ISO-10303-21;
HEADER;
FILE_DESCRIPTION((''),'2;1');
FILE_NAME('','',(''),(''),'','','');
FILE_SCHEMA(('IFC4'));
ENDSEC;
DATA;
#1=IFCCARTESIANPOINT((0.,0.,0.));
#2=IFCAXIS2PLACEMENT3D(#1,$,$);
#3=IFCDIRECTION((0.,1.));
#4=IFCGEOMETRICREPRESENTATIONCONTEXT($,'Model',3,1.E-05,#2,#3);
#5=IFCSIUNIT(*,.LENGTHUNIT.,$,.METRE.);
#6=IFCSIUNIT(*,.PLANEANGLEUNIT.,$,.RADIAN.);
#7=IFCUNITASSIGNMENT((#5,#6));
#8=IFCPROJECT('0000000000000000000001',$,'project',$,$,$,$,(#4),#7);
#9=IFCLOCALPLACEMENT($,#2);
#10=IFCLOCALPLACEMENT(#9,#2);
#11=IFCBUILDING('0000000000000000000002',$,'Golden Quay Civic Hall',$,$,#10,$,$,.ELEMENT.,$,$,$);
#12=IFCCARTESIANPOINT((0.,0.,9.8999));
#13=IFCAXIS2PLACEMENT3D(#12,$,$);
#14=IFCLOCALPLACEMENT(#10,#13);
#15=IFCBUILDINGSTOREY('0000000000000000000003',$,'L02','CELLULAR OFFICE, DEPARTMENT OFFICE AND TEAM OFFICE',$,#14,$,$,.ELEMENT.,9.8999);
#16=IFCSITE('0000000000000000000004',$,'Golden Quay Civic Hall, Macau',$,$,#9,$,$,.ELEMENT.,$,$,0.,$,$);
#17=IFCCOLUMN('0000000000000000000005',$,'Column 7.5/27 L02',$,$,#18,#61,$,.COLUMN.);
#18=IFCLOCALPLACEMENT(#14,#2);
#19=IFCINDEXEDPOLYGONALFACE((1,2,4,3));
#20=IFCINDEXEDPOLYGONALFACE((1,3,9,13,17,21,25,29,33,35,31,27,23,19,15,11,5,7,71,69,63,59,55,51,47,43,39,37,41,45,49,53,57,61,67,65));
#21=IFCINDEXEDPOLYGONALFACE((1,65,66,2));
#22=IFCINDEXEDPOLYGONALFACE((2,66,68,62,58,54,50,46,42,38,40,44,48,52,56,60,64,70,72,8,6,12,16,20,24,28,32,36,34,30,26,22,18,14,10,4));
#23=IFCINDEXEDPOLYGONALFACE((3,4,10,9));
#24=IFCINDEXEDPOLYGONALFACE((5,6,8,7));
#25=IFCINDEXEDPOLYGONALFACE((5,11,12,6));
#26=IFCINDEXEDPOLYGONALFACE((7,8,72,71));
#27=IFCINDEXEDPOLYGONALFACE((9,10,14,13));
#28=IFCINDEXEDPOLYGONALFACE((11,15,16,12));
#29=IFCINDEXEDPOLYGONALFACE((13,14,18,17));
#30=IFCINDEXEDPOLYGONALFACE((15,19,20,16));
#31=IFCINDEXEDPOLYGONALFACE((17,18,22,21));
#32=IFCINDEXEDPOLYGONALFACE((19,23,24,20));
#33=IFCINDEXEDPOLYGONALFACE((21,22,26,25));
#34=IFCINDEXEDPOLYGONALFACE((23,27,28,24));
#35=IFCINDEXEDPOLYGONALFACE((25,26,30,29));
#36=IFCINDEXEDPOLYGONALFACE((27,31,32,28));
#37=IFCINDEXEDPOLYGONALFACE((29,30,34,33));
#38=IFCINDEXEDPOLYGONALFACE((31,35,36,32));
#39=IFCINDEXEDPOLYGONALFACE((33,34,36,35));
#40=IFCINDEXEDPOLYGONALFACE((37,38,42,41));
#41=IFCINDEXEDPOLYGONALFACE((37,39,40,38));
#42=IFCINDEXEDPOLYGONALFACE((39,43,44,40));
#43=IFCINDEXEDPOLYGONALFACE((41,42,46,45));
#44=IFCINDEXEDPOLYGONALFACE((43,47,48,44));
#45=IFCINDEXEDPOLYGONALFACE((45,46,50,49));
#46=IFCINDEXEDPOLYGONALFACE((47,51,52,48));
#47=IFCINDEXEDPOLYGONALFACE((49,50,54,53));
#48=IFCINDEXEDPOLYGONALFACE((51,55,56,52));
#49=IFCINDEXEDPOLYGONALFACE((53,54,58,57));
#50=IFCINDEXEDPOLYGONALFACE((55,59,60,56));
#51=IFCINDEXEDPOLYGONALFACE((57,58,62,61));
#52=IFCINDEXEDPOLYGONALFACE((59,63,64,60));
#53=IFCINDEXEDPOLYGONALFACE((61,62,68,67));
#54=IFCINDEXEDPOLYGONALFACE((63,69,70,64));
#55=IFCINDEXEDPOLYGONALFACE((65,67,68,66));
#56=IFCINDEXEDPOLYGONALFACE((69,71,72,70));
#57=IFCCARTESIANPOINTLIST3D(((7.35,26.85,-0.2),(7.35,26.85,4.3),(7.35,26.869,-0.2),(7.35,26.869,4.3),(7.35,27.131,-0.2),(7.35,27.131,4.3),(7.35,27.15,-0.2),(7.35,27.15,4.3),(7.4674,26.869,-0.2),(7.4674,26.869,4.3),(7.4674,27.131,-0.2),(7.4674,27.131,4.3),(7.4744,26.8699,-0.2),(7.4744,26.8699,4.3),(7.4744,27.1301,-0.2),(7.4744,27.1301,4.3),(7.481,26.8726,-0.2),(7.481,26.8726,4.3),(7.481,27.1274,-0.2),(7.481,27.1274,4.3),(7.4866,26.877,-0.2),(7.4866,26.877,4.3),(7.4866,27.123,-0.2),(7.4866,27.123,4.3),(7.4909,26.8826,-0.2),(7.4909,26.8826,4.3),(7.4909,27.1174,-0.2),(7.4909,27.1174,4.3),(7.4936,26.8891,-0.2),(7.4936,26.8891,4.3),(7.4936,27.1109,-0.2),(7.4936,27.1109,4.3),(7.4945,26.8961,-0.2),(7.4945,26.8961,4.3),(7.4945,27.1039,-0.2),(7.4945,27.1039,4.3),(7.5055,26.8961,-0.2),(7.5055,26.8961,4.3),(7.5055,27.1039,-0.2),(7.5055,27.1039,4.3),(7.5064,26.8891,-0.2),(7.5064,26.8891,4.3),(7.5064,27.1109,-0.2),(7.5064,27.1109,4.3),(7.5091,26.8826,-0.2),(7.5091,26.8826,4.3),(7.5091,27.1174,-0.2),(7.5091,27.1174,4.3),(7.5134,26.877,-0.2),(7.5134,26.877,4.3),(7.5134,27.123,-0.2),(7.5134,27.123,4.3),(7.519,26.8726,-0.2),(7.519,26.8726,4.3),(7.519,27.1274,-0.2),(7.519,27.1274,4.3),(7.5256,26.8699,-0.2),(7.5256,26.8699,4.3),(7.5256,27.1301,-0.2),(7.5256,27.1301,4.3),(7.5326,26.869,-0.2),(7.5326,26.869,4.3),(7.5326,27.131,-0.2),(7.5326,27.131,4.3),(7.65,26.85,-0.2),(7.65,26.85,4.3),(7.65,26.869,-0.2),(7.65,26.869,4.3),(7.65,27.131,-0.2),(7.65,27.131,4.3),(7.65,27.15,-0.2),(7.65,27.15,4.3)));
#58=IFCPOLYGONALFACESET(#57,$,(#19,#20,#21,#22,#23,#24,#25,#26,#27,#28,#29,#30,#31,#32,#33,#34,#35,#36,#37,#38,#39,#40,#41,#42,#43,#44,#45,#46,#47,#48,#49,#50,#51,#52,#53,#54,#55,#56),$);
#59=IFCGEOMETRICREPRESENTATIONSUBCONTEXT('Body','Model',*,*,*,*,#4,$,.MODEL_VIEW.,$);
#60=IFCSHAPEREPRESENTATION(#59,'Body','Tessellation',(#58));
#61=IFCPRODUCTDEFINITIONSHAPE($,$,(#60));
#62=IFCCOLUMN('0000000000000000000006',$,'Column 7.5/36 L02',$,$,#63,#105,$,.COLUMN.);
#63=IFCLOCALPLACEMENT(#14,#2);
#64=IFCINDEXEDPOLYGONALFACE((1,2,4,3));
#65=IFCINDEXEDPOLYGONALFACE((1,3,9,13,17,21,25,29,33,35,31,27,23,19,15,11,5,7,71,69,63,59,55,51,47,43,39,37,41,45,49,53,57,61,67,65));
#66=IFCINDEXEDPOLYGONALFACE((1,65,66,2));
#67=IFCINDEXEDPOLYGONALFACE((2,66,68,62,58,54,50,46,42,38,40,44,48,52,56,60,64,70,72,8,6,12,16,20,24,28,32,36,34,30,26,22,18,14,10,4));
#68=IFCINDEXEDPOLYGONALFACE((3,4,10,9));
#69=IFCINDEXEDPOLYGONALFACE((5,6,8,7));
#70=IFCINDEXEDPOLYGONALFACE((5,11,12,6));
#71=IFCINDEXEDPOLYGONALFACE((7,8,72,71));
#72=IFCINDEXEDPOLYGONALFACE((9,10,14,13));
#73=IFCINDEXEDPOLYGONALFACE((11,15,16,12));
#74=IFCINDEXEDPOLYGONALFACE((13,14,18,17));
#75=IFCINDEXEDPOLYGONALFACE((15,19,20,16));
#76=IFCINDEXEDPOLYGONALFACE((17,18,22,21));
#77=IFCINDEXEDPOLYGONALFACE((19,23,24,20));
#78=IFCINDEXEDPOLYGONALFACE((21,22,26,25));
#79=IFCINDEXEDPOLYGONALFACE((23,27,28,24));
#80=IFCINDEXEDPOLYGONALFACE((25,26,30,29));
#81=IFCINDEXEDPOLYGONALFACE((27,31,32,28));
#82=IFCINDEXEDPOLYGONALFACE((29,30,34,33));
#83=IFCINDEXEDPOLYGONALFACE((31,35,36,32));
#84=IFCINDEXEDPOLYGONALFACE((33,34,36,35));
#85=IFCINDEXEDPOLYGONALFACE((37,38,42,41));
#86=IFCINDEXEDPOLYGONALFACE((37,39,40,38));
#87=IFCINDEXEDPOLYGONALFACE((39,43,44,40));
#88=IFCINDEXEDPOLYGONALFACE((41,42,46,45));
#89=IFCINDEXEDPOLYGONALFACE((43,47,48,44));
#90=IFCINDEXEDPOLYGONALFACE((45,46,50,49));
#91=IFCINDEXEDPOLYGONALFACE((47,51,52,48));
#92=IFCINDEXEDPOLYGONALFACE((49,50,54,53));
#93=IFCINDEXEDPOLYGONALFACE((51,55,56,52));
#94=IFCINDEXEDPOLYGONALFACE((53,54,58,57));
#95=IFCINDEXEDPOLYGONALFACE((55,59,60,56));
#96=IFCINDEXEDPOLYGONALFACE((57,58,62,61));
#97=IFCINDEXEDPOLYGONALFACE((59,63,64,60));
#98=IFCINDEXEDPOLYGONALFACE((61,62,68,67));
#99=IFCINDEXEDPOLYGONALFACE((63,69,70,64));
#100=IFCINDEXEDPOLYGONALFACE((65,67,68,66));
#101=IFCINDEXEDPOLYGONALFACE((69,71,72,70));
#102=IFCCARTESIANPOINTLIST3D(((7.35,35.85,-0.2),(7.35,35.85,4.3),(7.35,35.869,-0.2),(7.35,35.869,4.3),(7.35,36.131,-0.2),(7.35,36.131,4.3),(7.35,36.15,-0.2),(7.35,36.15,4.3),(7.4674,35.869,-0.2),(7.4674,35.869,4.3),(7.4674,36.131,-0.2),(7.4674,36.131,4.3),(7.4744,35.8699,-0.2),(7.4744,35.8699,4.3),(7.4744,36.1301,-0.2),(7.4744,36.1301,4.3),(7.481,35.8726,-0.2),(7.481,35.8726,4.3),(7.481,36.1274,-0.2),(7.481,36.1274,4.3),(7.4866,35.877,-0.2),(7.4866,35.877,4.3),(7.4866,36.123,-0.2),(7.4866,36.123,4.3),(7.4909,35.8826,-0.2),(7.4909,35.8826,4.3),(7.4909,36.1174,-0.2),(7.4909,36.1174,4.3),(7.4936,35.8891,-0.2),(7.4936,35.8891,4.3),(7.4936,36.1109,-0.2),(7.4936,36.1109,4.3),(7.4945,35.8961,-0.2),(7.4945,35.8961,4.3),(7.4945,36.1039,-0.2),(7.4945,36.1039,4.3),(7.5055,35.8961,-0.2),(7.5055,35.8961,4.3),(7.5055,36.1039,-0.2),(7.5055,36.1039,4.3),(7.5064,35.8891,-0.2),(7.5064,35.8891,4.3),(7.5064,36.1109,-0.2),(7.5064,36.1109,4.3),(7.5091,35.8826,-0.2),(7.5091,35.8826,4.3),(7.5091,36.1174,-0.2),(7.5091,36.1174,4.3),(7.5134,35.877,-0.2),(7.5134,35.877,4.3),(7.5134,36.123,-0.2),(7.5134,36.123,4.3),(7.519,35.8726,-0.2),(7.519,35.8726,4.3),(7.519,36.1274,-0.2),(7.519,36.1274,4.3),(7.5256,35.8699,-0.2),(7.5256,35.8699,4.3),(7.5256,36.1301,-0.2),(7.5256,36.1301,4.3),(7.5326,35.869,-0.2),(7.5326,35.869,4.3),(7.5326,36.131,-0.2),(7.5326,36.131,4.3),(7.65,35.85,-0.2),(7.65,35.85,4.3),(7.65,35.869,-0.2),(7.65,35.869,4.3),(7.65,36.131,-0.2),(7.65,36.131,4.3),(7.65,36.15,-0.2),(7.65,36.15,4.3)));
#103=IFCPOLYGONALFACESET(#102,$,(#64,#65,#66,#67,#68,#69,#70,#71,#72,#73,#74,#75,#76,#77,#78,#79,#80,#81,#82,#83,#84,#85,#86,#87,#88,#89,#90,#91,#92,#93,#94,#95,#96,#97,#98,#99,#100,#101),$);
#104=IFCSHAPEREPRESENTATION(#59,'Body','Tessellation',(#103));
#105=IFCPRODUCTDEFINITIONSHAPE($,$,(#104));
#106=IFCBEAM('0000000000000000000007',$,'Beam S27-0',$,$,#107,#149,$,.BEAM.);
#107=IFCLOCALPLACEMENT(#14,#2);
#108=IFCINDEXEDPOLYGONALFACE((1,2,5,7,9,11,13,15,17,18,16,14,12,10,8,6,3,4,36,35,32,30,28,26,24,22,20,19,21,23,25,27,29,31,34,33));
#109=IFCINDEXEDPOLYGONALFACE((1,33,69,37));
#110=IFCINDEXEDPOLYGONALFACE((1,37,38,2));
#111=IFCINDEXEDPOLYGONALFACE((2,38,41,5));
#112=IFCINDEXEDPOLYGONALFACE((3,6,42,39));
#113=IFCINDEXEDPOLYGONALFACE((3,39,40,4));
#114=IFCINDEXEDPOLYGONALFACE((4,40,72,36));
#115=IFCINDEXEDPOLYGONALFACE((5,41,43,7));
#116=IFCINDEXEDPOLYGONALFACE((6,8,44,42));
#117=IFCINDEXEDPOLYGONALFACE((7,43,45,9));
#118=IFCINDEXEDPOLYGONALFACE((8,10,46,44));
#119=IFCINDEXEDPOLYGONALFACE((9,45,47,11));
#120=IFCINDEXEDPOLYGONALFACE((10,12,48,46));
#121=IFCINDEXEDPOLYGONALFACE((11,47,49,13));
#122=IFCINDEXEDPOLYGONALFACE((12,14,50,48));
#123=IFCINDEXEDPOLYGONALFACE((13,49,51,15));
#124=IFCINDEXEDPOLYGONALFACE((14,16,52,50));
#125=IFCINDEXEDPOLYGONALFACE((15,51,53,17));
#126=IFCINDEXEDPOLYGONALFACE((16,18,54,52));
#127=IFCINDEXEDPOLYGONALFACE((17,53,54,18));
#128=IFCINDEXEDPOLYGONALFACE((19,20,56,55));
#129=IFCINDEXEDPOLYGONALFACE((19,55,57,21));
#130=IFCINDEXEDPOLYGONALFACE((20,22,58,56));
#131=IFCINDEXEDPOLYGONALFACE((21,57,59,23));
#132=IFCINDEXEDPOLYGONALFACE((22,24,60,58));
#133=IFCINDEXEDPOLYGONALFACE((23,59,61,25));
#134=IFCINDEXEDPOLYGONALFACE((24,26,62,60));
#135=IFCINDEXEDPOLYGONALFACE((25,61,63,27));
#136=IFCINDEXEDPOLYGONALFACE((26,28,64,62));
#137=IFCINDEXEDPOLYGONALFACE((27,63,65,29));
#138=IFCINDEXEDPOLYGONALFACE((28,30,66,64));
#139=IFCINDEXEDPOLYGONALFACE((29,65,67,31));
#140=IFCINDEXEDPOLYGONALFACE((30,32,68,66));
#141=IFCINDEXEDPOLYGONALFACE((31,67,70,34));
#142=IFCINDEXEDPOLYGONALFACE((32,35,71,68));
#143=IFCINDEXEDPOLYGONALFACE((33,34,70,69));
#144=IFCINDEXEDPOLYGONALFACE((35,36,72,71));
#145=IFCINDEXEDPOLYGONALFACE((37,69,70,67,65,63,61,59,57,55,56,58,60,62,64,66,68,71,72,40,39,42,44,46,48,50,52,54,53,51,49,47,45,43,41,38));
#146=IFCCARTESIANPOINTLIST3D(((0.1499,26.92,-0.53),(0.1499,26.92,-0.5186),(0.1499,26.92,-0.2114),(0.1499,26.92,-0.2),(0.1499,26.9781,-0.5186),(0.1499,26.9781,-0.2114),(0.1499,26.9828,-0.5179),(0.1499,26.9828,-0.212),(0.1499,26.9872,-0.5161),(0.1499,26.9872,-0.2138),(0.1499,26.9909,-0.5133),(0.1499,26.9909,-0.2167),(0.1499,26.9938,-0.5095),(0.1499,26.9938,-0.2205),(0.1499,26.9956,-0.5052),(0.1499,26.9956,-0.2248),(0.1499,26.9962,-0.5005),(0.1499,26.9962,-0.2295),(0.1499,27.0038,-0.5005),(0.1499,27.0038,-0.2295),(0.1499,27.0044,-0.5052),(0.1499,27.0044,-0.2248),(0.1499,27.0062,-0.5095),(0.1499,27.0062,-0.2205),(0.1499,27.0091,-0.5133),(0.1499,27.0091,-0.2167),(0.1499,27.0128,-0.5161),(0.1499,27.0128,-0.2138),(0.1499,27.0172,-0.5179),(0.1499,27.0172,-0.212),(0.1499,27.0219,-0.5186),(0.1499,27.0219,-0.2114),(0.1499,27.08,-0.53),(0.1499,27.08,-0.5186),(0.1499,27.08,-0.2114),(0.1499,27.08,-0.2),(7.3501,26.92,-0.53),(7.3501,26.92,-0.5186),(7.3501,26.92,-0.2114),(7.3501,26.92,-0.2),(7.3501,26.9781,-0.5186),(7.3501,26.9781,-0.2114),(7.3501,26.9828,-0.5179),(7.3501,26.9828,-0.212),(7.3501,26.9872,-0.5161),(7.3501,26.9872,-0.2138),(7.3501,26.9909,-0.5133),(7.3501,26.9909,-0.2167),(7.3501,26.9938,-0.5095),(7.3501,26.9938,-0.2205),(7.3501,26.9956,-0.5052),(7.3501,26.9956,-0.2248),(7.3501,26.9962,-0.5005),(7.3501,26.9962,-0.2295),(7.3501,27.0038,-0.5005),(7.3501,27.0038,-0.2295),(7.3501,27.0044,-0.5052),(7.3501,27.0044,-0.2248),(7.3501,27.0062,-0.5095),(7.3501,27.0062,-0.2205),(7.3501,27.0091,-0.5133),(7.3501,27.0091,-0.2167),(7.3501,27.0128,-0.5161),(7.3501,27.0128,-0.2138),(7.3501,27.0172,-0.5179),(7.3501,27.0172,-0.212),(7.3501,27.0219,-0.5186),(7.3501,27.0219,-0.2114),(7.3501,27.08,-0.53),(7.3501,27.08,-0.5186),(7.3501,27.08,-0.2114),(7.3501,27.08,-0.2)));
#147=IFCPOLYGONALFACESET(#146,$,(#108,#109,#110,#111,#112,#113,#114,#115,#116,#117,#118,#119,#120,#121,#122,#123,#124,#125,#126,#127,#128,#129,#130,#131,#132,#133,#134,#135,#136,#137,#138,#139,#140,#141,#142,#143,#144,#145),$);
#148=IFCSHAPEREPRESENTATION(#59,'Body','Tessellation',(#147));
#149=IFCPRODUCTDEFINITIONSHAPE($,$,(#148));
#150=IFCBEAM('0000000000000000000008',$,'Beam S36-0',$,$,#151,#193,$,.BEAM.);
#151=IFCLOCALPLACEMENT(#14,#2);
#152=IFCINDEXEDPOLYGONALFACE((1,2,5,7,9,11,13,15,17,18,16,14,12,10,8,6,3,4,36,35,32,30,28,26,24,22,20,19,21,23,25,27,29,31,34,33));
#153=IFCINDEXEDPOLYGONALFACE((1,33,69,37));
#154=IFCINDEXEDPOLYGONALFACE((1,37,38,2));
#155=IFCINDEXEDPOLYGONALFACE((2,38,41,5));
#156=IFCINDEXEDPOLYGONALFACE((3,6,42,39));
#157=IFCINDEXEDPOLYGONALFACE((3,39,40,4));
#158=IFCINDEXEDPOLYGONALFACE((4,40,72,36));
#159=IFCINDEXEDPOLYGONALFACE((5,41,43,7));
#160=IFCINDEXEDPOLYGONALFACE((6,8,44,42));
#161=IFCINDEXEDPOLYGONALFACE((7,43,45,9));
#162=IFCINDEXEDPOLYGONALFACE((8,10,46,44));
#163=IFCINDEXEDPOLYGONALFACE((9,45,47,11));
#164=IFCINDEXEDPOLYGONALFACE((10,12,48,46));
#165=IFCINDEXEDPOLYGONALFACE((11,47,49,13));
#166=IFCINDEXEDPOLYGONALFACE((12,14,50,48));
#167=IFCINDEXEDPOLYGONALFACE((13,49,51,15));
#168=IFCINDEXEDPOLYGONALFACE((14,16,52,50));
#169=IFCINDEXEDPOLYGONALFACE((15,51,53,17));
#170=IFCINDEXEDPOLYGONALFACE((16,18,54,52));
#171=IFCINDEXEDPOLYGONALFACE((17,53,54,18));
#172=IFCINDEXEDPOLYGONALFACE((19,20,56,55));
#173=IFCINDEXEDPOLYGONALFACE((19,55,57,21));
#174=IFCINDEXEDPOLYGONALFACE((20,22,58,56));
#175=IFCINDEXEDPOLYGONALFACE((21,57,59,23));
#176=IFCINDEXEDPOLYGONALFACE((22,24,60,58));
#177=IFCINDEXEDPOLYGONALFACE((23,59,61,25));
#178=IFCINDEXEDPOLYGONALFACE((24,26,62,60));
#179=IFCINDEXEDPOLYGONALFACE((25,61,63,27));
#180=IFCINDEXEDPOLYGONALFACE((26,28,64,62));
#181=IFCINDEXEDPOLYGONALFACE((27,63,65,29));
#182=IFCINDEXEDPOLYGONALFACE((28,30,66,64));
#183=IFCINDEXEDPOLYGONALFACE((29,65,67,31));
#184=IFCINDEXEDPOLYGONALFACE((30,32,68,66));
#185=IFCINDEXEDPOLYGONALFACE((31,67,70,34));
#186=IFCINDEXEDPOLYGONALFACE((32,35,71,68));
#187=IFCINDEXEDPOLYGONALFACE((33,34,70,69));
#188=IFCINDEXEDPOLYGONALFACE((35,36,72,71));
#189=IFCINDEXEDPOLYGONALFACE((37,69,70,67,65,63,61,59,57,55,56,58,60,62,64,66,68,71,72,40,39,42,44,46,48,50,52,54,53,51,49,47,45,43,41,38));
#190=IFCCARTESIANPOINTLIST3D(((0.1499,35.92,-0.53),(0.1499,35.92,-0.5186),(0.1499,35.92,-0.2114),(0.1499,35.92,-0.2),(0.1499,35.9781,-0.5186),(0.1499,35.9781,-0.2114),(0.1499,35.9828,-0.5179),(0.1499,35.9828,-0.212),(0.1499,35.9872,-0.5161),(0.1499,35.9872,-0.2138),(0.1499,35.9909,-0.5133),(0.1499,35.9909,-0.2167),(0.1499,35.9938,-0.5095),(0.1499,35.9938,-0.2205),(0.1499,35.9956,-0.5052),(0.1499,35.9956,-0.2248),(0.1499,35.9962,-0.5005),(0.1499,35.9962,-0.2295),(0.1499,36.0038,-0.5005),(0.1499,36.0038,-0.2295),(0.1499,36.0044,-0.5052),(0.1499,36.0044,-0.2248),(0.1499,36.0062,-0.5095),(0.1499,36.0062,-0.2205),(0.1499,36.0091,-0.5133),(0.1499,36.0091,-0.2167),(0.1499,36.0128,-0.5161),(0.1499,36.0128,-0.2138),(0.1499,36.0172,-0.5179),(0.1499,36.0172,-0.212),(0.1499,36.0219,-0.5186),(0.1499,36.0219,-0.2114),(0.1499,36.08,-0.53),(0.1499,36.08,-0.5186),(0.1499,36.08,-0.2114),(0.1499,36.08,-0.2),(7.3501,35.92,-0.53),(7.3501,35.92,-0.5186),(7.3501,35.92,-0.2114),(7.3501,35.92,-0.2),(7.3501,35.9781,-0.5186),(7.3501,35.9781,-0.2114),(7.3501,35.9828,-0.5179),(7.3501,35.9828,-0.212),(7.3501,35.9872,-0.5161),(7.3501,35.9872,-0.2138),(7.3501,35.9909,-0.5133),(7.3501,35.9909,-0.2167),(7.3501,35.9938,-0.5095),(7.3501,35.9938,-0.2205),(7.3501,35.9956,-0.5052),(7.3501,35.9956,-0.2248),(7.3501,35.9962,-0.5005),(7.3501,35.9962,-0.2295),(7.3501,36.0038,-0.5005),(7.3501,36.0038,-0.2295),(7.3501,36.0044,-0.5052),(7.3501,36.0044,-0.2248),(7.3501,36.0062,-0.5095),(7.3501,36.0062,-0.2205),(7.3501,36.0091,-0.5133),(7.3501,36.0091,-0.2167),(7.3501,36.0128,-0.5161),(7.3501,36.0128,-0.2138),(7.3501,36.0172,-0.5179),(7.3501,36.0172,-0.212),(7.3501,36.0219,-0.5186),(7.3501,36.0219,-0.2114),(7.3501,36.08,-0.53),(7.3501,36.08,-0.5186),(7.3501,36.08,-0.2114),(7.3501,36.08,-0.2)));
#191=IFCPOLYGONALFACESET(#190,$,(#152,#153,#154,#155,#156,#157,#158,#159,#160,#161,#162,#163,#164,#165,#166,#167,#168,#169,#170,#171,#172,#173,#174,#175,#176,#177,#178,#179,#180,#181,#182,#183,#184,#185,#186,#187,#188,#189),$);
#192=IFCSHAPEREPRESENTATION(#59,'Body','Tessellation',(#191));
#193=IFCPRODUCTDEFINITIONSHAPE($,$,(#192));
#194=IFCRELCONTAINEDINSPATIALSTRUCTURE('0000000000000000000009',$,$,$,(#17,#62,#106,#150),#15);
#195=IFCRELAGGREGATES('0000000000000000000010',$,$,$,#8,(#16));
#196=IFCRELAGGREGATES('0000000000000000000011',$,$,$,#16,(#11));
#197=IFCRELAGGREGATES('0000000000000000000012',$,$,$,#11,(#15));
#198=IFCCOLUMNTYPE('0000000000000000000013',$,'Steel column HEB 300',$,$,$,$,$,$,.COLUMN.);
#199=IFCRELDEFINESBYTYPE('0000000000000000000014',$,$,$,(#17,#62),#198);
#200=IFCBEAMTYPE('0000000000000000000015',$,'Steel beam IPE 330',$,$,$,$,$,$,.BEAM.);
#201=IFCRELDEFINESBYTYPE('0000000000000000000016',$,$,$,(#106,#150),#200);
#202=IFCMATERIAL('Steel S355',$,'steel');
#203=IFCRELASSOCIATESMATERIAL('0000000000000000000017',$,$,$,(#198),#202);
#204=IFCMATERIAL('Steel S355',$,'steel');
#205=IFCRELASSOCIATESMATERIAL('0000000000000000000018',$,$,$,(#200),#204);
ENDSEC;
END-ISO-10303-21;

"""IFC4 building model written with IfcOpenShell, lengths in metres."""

from ifc_helpers import new_model, si_unit, direction, frame, origin, origin_2d, place, context, subcontext, project, spatial, i_section, extrude, material, material_profile, profile_set, type_object, element, save


model = new_model("IFC4")

# Units and contexts
model_context = context("Model", 3, precision=1e-05, world=origin(), true_north=direction((0.0, 1.0)))
body_context = subcontext(model_context, "Body", "Model", "MODEL_VIEW")
ifc_project = project(units=[si_unit("LENGTHUNIT", "METRE"), si_unit("PLANEANGLEUNIT", "RADIAN")], contexts=[model_context])

# Site, building, storey
site_placement = place(None, origin())
site = spatial("IfcSite", under=ifc_project, at=site_placement, Name="Golden Quay Civic Hall, Macau", CompositionType="ELEMENT", RefElevation=0.0)
building_placement = place(site_placement, origin())
building = spatial("IfcBuilding", under=site, at=building_placement, Name="Golden Quay Civic Hall", CompositionType="ELEMENT")
storey_placement = place(building_placement, frame((0.0, 0.0, 9.8999)))
storey = spatial("IfcBuildingStorey", under=building, at=storey_placement, Name="L02", Description="CELLULAR OFFICE, DEPARTMENT OFFICE AND TEAM OFFICE", CompositionType="ELEMENT", Elevation=9.8999)

# Columns
ifc_material_1 = material(Name="Steel S355", Category="steel")
ifc_material_profile_1 = material_profile(ifc_material_1, i_section(OverallWidth=0.3, OverallDepth=0.3, WebThickness=0.011, FlangeThickness=0.019, FilletRadius=0.0271, at=origin_2d()), Name="HEB 300")
ifc_profile_set_1 = profile_set([ifc_material_profile_1], Name="Steel S355")
column_type = type_object("IfcColumnType", Name="Steel column HEB 300", PredefinedType="COLUMN", material=ifc_profile_set_1)
for number, where, z_axis, x_axis, name in (
    (1, (7.5, 27.0, -0.2), (0.0, 0.0, 1.0), (1.0, 0.0, 0.0), "Column 7.5/27 L02"),
    (2, (7.5, 36.0, -0.2), (0.0, 0.0, 1.0), (1.0, 0.0, 0.0), "Column 7.5/36 L02"),
):
    element("IfcColumn", number, at=place(storey_placement, frame(where, z_axis=z_axis, x_axis=x_axis)), inside=storey, type_object=column_type, Name=name, PredefinedType="COLUMN", context=body_context, shape_type="SweptSolid", body=[
        extrude(i_section(OverallWidth=0.3, OverallDepth=0.3, WebThickness=0.011, FlangeThickness=0.019, FilletRadius=0.0271, at=origin_2d()), origin(), (0.0, 0.0, 1.0), 4.5),
    ])

# Beams
ifc_material_2 = material(Name="Steel S355", Category="steel")
ifc_material_profile_2 = material_profile(ifc_material_2, i_section(OverallWidth=0.1599, OverallDepth=0.3301, WebThickness=0.0076, FlangeThickness=0.0115, FilletRadius=0.0181, at=origin_2d()), Name="IPE 330")
ifc_profile_set_2 = profile_set([ifc_material_profile_2], Name="Steel S355")
beam_type_1 = type_object("IfcBeamType", Name="Steel beam IPE 330", PredefinedType="BEAM", material=ifc_profile_set_2)
for number, where, z_axis, x_axis, name in (
    (3, (0.1499, 27.0, -0.365), (1.0, 0.0, 0.0), (0.0, 1.0, 0.0), "Beam S27-0"),
    (4, (0.1499, 36.0, -0.365), (1.0, 0.0, 0.0), (0.0, 1.0, 0.0), "Beam S36-0"),
):
    element("IfcBeam", number, at=place(storey_placement, frame(where, z_axis=z_axis, x_axis=x_axis)), inside=storey, type_object=beam_type_1, Name=name, PredefinedType="BEAM", context=body_context, shape_type="SweptSolid", body=[
        extrude(i_section(OverallWidth=0.1599, OverallDepth=0.3301, WebThickness=0.0076, FlangeThickness=0.0115, FilletRadius=0.0181, at=origin_2d()), origin(), (0.0, 0.0, 1.0), 7.2002),
    ])

save(model, "model.ifc")
